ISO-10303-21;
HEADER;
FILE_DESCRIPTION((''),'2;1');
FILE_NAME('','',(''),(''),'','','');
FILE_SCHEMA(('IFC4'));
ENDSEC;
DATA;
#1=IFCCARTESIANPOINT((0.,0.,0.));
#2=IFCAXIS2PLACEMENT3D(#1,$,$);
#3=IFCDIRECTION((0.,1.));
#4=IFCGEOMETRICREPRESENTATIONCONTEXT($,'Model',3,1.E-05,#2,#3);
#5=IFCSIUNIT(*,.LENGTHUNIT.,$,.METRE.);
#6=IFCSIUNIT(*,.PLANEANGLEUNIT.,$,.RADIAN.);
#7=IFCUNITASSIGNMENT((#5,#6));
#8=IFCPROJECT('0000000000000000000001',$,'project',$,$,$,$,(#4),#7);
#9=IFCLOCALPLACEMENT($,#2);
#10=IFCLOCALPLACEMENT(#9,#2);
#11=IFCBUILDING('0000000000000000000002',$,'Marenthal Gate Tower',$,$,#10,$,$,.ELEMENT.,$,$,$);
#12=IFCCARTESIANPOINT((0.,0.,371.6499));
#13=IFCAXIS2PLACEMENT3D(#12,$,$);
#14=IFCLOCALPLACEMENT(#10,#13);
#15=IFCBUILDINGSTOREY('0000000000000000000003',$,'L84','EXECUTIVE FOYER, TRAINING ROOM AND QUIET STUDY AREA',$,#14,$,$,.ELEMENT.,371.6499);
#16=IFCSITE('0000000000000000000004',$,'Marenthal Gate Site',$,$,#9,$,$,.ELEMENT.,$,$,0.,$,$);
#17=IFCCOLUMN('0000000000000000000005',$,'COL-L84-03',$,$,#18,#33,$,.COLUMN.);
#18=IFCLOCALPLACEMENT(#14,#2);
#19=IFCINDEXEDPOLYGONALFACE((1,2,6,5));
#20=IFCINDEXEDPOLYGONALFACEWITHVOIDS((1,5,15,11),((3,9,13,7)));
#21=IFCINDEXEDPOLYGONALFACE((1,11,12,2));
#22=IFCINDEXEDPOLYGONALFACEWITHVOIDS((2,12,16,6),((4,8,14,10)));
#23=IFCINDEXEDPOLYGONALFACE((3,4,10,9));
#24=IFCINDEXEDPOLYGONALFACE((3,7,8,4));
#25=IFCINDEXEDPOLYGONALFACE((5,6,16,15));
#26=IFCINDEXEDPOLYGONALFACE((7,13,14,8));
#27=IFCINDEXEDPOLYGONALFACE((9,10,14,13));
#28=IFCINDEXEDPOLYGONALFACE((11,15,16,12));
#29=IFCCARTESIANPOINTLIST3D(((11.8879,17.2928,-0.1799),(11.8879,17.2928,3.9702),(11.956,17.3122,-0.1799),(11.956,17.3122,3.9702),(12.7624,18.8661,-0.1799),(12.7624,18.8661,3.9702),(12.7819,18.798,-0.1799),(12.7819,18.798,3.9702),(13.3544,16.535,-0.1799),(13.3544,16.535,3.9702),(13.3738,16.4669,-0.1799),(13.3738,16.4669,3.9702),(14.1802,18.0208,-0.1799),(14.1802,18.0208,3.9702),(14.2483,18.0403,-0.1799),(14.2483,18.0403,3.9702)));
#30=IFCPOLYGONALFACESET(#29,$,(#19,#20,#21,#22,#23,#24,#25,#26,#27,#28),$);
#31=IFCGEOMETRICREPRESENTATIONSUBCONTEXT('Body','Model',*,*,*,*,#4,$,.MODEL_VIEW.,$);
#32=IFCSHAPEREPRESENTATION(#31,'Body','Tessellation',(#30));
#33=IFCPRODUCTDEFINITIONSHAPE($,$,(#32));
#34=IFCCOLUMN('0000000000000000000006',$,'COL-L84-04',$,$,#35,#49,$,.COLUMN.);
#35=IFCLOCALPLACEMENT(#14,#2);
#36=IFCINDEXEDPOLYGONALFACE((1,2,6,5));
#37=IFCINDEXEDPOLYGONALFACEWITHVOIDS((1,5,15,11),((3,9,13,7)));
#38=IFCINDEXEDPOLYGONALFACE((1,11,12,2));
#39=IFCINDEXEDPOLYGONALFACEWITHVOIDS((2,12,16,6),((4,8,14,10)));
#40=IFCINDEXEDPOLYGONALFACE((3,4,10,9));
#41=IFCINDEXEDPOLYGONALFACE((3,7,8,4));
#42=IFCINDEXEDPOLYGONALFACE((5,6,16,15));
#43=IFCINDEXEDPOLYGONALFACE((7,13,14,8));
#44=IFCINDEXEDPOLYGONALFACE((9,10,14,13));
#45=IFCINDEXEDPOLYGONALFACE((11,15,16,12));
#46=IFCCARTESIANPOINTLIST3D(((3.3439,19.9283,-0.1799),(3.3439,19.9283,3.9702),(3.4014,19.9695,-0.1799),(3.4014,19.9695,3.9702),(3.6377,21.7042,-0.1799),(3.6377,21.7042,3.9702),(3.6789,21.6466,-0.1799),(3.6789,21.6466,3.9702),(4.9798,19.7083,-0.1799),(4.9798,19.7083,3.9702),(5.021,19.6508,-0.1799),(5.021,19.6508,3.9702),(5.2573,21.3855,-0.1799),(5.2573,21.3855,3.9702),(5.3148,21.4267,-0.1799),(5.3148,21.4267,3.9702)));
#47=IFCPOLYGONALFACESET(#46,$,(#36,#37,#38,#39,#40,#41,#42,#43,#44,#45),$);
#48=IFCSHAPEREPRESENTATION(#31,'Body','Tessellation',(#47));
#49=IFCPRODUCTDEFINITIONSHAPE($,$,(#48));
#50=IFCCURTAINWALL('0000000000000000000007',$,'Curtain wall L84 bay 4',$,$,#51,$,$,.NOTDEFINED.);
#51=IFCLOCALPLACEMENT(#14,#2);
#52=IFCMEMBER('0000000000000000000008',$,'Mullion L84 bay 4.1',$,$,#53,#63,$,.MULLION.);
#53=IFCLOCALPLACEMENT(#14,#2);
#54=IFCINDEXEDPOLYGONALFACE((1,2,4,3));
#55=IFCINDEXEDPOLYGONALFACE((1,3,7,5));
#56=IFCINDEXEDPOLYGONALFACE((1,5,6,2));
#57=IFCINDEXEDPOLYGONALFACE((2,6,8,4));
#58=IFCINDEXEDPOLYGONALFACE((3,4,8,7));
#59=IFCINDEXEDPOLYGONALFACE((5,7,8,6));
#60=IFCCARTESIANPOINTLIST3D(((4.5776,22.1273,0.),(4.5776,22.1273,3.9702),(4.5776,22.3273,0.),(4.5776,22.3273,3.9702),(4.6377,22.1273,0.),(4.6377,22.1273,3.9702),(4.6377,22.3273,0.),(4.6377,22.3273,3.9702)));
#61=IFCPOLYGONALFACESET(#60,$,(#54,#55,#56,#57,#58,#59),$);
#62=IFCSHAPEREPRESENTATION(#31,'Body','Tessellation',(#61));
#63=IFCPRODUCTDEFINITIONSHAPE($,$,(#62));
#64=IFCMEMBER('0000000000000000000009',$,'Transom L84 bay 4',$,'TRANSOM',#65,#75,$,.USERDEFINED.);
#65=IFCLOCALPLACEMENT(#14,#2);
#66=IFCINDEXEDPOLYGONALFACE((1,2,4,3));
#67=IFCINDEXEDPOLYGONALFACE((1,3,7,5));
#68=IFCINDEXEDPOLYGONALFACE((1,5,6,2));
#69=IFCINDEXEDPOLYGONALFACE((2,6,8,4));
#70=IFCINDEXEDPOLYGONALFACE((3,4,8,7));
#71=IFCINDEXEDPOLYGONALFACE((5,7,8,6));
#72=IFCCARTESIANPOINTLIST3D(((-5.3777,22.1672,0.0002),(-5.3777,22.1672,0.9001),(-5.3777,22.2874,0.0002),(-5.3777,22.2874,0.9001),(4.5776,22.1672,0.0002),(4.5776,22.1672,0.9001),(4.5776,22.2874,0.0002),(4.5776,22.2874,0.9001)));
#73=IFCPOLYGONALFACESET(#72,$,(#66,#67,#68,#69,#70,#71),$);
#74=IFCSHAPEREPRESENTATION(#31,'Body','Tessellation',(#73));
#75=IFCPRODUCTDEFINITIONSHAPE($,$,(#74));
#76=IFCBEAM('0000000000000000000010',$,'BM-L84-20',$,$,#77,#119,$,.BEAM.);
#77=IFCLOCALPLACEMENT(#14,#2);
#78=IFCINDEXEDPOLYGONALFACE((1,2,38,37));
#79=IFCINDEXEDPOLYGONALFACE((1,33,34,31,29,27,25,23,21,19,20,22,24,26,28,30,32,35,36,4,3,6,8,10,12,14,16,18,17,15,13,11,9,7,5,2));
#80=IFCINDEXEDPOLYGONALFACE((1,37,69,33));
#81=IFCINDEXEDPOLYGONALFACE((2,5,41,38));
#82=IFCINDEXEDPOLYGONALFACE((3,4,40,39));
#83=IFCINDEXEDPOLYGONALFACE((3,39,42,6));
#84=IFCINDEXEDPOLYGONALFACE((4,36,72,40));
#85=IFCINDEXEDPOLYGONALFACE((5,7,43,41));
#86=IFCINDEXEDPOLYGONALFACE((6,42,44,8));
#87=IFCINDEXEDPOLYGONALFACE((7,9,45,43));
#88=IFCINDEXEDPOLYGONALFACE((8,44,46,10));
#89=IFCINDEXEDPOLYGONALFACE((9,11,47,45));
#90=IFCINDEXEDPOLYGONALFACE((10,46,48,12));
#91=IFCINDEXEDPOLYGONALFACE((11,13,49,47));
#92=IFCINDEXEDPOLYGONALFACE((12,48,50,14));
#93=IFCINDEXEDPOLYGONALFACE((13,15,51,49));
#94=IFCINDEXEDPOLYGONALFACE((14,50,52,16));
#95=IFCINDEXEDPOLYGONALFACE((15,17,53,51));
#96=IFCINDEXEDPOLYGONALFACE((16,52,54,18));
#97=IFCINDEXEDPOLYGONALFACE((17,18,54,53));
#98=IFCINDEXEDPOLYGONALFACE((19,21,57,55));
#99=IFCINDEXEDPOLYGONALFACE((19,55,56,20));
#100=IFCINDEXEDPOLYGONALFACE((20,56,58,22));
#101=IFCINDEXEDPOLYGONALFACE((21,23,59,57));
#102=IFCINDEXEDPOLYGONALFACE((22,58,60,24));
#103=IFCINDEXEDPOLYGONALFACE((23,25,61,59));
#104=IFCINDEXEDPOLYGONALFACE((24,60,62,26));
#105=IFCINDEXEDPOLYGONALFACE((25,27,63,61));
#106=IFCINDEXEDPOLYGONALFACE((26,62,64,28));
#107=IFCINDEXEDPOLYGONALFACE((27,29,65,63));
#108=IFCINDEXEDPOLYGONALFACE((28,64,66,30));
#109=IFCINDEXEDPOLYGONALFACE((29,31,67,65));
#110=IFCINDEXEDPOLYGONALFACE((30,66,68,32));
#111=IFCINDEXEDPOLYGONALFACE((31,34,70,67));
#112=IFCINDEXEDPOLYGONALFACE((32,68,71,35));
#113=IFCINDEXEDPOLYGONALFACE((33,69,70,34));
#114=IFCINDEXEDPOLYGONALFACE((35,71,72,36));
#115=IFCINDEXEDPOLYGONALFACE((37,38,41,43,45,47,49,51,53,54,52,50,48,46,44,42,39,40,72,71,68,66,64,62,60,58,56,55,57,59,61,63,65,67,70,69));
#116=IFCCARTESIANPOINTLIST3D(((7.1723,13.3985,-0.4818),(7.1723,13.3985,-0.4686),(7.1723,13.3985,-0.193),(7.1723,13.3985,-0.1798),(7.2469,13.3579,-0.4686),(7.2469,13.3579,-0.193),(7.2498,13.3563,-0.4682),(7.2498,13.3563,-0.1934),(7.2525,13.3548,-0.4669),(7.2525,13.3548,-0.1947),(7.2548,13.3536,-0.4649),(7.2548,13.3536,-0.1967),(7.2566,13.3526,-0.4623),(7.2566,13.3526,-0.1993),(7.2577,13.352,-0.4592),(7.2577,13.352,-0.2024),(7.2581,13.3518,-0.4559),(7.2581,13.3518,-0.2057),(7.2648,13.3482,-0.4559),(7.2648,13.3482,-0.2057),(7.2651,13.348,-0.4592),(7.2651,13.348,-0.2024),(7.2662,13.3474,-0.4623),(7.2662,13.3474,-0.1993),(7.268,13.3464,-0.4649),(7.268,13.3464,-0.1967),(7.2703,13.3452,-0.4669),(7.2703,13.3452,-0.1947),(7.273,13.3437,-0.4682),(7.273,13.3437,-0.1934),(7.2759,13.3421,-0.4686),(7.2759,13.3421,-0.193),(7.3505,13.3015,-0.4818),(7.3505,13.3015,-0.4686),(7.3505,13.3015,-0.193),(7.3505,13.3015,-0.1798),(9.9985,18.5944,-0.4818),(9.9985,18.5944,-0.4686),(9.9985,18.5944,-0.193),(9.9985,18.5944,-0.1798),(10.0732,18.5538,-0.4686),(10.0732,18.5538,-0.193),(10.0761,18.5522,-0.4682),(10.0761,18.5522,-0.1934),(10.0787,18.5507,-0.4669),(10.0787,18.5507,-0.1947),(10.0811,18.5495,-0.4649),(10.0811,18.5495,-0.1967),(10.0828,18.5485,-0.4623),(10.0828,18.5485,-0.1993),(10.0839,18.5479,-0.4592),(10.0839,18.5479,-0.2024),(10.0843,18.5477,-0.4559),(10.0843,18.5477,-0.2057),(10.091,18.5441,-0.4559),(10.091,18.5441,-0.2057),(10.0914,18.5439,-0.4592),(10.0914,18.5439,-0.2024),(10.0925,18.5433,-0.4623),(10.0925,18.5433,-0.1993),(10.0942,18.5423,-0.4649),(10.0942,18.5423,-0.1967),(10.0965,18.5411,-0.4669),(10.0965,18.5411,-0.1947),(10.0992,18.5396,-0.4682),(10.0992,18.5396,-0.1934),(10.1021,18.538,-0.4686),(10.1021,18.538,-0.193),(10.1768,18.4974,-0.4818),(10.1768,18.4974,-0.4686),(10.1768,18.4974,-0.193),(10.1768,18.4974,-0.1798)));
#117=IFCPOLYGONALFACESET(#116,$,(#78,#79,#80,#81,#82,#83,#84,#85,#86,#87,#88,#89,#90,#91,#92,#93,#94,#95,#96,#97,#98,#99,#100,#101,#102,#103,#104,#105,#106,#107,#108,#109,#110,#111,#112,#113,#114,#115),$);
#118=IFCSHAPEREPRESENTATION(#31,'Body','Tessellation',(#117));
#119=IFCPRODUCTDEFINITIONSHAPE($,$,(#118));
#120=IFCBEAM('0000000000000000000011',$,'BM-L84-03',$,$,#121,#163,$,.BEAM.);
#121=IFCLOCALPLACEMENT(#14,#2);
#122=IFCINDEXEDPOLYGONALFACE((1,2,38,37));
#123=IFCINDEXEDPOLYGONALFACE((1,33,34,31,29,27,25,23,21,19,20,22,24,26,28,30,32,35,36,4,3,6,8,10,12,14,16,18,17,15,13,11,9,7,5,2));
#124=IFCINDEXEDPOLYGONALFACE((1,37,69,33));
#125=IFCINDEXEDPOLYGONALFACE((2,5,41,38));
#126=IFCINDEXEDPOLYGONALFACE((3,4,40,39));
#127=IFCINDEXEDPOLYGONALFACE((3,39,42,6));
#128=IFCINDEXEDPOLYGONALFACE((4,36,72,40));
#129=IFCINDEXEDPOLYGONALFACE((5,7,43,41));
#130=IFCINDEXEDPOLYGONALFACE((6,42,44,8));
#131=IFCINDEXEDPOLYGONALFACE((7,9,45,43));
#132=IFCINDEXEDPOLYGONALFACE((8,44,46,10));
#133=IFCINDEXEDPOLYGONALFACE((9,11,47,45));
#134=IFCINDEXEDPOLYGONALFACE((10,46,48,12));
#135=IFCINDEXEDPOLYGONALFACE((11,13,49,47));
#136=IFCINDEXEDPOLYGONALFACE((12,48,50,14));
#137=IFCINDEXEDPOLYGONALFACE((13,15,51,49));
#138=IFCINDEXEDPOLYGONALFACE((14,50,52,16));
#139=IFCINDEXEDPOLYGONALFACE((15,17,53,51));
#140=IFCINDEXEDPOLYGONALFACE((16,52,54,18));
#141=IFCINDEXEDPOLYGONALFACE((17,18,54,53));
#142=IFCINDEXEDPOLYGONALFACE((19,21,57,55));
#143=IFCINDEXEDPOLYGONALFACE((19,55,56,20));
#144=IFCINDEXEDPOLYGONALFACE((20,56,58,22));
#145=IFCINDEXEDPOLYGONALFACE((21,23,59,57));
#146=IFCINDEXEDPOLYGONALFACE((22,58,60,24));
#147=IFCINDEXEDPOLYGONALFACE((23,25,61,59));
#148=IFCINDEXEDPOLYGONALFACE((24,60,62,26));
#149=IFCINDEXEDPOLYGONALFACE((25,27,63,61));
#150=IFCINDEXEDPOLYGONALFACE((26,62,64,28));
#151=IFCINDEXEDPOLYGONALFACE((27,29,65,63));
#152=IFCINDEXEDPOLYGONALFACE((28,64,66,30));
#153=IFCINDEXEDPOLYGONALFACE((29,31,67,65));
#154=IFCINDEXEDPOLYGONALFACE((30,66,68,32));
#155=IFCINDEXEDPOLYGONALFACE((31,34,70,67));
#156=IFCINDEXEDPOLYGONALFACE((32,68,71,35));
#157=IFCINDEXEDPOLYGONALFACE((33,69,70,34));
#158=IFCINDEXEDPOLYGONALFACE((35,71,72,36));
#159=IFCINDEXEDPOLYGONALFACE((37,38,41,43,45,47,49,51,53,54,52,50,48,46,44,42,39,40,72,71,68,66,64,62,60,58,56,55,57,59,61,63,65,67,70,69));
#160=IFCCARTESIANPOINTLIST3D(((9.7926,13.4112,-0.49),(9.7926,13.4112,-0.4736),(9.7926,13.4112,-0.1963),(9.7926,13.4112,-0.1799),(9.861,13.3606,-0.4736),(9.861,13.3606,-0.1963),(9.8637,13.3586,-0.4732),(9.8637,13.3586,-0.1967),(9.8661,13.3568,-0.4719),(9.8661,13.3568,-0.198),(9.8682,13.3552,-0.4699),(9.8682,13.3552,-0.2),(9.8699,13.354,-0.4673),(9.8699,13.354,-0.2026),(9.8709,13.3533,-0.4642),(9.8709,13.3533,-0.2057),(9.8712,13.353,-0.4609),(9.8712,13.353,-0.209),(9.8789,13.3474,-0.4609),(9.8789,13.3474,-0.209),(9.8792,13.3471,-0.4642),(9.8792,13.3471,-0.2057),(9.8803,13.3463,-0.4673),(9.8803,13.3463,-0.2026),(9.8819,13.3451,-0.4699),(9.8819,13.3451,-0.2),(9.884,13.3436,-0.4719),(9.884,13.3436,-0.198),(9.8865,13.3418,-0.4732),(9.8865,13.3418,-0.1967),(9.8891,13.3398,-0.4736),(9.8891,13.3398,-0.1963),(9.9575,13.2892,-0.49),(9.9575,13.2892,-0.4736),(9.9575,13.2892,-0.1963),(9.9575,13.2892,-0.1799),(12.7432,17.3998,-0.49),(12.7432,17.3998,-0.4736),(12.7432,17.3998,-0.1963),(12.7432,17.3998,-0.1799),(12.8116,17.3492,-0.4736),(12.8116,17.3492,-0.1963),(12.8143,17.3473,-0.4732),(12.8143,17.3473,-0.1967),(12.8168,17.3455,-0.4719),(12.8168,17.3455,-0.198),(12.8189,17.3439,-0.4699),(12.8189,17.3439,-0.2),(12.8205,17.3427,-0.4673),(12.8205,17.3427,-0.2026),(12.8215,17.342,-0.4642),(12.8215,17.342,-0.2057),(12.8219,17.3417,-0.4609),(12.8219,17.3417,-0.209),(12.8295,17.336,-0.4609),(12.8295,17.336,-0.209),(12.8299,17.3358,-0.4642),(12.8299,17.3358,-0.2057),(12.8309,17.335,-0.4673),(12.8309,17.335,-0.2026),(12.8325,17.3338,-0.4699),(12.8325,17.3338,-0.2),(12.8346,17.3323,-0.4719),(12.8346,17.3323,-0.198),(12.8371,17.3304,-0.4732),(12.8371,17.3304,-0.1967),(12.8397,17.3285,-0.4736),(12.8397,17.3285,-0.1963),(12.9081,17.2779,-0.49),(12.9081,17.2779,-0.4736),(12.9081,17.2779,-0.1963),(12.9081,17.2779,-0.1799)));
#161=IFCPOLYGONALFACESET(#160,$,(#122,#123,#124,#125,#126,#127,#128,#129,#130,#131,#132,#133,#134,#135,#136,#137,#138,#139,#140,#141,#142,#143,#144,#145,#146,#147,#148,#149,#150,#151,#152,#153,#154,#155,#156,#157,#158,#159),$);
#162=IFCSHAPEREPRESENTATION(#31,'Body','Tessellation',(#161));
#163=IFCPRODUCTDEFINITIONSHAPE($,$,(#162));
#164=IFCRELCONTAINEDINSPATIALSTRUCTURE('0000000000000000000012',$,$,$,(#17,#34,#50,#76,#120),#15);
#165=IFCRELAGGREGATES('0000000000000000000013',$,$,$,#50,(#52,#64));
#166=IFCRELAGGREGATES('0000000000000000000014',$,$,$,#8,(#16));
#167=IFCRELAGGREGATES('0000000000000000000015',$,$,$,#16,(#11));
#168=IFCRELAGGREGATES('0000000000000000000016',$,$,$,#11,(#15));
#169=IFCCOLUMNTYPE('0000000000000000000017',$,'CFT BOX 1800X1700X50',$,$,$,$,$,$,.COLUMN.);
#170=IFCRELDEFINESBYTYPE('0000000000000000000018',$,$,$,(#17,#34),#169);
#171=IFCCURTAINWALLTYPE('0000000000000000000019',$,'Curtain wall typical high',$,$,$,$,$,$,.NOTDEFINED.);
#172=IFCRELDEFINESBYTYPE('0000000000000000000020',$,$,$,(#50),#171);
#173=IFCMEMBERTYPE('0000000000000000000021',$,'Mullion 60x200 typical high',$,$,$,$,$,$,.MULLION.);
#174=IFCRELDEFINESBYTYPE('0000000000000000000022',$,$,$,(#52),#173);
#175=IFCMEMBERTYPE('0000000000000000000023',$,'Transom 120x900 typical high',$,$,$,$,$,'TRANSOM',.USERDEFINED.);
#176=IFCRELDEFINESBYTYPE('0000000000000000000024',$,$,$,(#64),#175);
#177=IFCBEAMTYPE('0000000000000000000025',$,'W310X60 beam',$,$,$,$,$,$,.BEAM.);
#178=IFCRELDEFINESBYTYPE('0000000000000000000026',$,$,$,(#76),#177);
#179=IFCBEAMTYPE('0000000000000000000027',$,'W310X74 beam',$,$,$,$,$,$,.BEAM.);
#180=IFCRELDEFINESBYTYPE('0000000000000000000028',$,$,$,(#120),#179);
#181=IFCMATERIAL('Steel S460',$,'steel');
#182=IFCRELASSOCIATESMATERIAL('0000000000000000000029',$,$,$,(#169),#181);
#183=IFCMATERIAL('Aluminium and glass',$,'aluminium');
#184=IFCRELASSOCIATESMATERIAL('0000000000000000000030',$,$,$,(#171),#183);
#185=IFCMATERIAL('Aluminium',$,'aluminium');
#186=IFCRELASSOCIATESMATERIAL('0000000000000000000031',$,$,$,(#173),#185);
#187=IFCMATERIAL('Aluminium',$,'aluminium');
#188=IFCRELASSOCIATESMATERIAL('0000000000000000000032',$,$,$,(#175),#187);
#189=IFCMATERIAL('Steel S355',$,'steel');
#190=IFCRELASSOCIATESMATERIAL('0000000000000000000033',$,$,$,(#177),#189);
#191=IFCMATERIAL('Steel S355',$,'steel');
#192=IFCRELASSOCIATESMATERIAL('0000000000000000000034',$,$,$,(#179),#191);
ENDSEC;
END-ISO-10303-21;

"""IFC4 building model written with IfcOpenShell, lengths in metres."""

from ifc_helpers import new_model, si_unit, direction, frame, origin, origin_2d, place, context, subcontext, project, spatial, rectangle, hollow_rectangle, i_section, extrude, material, material_profile, profile_set, type_object, element, aggregate, save


model = new_model("IFC4")

# Units and contexts
model_context = context("Model", 3, precision=1e-05, world=origin(), true_north=direction((0.0, 1.0)))
body_context = subcontext(model_context, "Body", "Model", "MODEL_VIEW")
ifc_project = project(units=[si_unit("LENGTHUNIT", "METRE"), si_unit("PLANEANGLEUNIT", "RADIAN")], contexts=[model_context])

# Site, building, storey
site_placement = place(None, origin())
site = spatial("IfcSite", under=ifc_project, at=site_placement, Name="Marenthal Gate Site", CompositionType="ELEMENT", RefElevation=0.0)
building_placement = place(site_placement, origin())
building = spatial("IfcBuilding", under=site, at=building_placement, Name="Marenthal Gate Tower", CompositionType="ELEMENT")
storey_placement = place(building_placement, frame((0.0, 0.0, 371.6499)))
storey = spatial("IfcBuildingStorey", under=building, at=storey_placement, Name="L84", Description="EXECUTIVE FOYER, TRAINING ROOM AND QUIET STUDY AREA", CompositionType="ELEMENT", Elevation=371.6499)

# Columns
ifc_material_1 = material(Name="Steel S460", Category="steel")
ifc_material_profile_1 = material_profile(ifc_material_1, hollow_rectangle(XDim=1.7, YDim=1.8, WallThickness=0.05, at=origin_2d()), Name="CFT BOX 1800X1700X50")
ifc_material_2 = material(Name="Concrete 70 MPa", Category="concrete")
ifc_material_profile_2 = material_profile(ifc_material_2, rectangle(XDim=1.6001, YDim=1.7, at=origin_2d()), Name="CFT BOX 1800X1700X50 INFILL")
ifc_profile_set_1 = profile_set([ifc_material_profile_1, ifc_material_profile_2], Name="Steel S460 shell, Concrete 70 MPa infill")
column_type = type_object("IfcColumnType", Name="CFT BOX 1800X1700X50", PredefinedType="COLUMN", material=ifc_profile_set_1)
for number, where, z_axis, x_axis, name in (
    (1, (13.0681, 17.6665, -0.1799), (0.0, 0.0, 1.0), (0.874065, -0.485809, 0.0), "COL-L84-03"),
    (2, (4.3293, 20.6775, -0.1799), (0.0, 0.0, 1.0), (0.986586, -0.16324, 0.0), "COL-L84-04"),
):
    element("IfcColumn", number, at=place(storey_placement, frame(where, z_axis=z_axis, x_axis=x_axis)), inside=storey, type_object=column_type, Name=name, PredefinedType="COLUMN", context=body_context, shape_type="SweptSolid", body=[
        extrude(hollow_rectangle(XDim=1.7, YDim=1.8, WallThickness=0.05, at=origin_2d()), origin(), (0.0, 0.0, 1.0), 4.1501),
    ])

# Curtain wall, members
ifc_material_3 = material(Name="Aluminium and glass", Category="aluminium")
curtain_wall_type = type_object("IfcCurtainWallType", Name="Curtain wall typical high", PredefinedType="NOTDEFINED", material=ifc_material_3)
curtain_wall_placement = place(storey_placement, origin())
curtain_wall = element("IfcCurtainWall", 3, at=curtain_wall_placement, inside=storey, type_object=curtain_wall_type, Name="Curtain wall L84 bay 4", PredefinedType="NOTDEFINED")
ifc_material_4 = material(Name="Aluminium", Category="aluminium")
ifc_material_profile_3 = material_profile(ifc_material_4, rectangle(XDim=0.2, YDim=0.0601, at=origin_2d()), Name="60x200 aluminium mullion")
ifc_profile_set_2 = profile_set([ifc_material_profile_3], Name="Aluminium")
member_type_1 = type_object("IfcMemberType", Name="Mullion 60x200 typical high", PredefinedType="MULLION", material=ifc_profile_set_2)
member_1_placement = place(storey_placement, frame((4.6077, 22.2273, 0.0), z_axis=(0.0, 0.0, 1.0), x_axis=(0.0, -1.0, 0.0)))
member_1 = element("IfcMember", 4, at=member_1_placement, type_object=member_type_1, Name="Mullion L84 bay 4.1", PredefinedType="MULLION", context=body_context, shape_type="SweptSolid", body=[
    extrude(rectangle(XDim=0.2, YDim=0.0601, at=origin_2d()), origin(), (0.0, 0.0, 1.0), 3.9702),
])
ifc_material_5 = material(Name="Aluminium", Category="aluminium")
ifc_material_profile_4 = material_profile(ifc_material_5, rectangle(XDim=0.1201, YDim=0.8999, at=origin_2d()), Name="120x900 aluminium transom")
ifc_profile_set_3 = profile_set([ifc_material_profile_4], Name="Aluminium")
member_type_2 = type_object("IfcMemberType", Name="Transom 120x900 typical high", ElementType="TRANSOM", PredefinedType="USERDEFINED", material=ifc_profile_set_3)
member_2_placement = place(storey_placement, frame((4.5776, 22.2273, 0.4502), z_axis=(-1.0, 0.0, 0.0), x_axis=(0.0, -1.0, 0.0)))
member_2 = element("IfcMember", 5, at=member_2_placement, type_object=member_type_2, Name="Transom L84 bay 4", ObjectType="TRANSOM", PredefinedType="USERDEFINED", context=body_context, shape_type="SweptSolid", body=[
    extrude(rectangle(XDim=0.1201, YDim=0.8999, at=origin_2d()), origin(), (0.0, 0.0, 1.0), 9.9553),
])

# Beams
ifc_material_6 = material(Name="Steel S355", Category="steel")
ifc_material_profile_5 = material_profile(ifc_material_6, i_section(OverallWidth=0.2029, OverallDepth=0.302, WebThickness=0.0076, FlangeThickness=0.0132, FilletRadius=0.0127, at=origin_2d()), Name="W310X60")
ifc_profile_set_4 = profile_set([ifc_material_profile_5], Name="Steel S355")
beam_type_1 = type_object("IfcBeamType", Name="W310X60 beam", PredefinedType="BEAM", material=ifc_profile_set_4)
beam_1_placement = place(storey_placement, frame((10.0876, 18.5459, -0.3308), z_axis=(-0.477822, -0.878457, 0.0), x_axis=(0.878457, -0.477822, 0.0)))
element("IfcBeam", 6, at=beam_1_placement, inside=storey, type_object=beam_type_1, Name="BM-L84-20", PredefinedType="BEAM", context=body_context, shape_type="SweptSolid", body=[
    extrude(i_section(OverallWidth=0.2029, OverallDepth=0.302, WebThickness=0.0076, FlangeThickness=0.0132, FilletRadius=0.0127, at=origin_2d()), origin(), (0.0, 0.0, 1.0), 5.9148),
])
ifc_material_7 = material(Name="Steel S355", Category="steel")
ifc_material_profile_6 = material_profile(ifc_material_7, i_section(OverallWidth=0.2051, OverallDepth=0.3101, WebThickness=0.0095, FlangeThickness=0.0164, FilletRadius=0.0127, at=origin_2d()), Name="W310X74")
ifc_profile_set_5 = profile_set([ifc_material_profile_6], Name="Steel S355")
beam_type_2 = type_object("IfcBeamType", Name="W310X74 beam", PredefinedType="BEAM", material=ifc_profile_set_5)
beam_2_placement = place(storey_placement, frame((12.8257, 17.3389, -0.335), z_axis=(-0.594712, -0.803939, 0.0), x_axis=(0.803939, -0.594712, 0.0)))
element("IfcBeam", 7, at=beam_2_placement, inside=storey, type_object=beam_type_2, Name="BM-L84-03", PredefinedType="BEAM", context=body_context, shape_type="SweptSolid", body=[
    extrude(i_section(OverallWidth=0.2051, OverallDepth=0.3101, WebThickness=0.0095, FlangeThickness=0.0164, FilletRadius=0.0127, at=origin_2d()), origin(), (0.0, 0.0, 1.0), 4.9614),
])

aggregate(curtain_wall, [member_1, member_2])

save(model, "model.ifc")
